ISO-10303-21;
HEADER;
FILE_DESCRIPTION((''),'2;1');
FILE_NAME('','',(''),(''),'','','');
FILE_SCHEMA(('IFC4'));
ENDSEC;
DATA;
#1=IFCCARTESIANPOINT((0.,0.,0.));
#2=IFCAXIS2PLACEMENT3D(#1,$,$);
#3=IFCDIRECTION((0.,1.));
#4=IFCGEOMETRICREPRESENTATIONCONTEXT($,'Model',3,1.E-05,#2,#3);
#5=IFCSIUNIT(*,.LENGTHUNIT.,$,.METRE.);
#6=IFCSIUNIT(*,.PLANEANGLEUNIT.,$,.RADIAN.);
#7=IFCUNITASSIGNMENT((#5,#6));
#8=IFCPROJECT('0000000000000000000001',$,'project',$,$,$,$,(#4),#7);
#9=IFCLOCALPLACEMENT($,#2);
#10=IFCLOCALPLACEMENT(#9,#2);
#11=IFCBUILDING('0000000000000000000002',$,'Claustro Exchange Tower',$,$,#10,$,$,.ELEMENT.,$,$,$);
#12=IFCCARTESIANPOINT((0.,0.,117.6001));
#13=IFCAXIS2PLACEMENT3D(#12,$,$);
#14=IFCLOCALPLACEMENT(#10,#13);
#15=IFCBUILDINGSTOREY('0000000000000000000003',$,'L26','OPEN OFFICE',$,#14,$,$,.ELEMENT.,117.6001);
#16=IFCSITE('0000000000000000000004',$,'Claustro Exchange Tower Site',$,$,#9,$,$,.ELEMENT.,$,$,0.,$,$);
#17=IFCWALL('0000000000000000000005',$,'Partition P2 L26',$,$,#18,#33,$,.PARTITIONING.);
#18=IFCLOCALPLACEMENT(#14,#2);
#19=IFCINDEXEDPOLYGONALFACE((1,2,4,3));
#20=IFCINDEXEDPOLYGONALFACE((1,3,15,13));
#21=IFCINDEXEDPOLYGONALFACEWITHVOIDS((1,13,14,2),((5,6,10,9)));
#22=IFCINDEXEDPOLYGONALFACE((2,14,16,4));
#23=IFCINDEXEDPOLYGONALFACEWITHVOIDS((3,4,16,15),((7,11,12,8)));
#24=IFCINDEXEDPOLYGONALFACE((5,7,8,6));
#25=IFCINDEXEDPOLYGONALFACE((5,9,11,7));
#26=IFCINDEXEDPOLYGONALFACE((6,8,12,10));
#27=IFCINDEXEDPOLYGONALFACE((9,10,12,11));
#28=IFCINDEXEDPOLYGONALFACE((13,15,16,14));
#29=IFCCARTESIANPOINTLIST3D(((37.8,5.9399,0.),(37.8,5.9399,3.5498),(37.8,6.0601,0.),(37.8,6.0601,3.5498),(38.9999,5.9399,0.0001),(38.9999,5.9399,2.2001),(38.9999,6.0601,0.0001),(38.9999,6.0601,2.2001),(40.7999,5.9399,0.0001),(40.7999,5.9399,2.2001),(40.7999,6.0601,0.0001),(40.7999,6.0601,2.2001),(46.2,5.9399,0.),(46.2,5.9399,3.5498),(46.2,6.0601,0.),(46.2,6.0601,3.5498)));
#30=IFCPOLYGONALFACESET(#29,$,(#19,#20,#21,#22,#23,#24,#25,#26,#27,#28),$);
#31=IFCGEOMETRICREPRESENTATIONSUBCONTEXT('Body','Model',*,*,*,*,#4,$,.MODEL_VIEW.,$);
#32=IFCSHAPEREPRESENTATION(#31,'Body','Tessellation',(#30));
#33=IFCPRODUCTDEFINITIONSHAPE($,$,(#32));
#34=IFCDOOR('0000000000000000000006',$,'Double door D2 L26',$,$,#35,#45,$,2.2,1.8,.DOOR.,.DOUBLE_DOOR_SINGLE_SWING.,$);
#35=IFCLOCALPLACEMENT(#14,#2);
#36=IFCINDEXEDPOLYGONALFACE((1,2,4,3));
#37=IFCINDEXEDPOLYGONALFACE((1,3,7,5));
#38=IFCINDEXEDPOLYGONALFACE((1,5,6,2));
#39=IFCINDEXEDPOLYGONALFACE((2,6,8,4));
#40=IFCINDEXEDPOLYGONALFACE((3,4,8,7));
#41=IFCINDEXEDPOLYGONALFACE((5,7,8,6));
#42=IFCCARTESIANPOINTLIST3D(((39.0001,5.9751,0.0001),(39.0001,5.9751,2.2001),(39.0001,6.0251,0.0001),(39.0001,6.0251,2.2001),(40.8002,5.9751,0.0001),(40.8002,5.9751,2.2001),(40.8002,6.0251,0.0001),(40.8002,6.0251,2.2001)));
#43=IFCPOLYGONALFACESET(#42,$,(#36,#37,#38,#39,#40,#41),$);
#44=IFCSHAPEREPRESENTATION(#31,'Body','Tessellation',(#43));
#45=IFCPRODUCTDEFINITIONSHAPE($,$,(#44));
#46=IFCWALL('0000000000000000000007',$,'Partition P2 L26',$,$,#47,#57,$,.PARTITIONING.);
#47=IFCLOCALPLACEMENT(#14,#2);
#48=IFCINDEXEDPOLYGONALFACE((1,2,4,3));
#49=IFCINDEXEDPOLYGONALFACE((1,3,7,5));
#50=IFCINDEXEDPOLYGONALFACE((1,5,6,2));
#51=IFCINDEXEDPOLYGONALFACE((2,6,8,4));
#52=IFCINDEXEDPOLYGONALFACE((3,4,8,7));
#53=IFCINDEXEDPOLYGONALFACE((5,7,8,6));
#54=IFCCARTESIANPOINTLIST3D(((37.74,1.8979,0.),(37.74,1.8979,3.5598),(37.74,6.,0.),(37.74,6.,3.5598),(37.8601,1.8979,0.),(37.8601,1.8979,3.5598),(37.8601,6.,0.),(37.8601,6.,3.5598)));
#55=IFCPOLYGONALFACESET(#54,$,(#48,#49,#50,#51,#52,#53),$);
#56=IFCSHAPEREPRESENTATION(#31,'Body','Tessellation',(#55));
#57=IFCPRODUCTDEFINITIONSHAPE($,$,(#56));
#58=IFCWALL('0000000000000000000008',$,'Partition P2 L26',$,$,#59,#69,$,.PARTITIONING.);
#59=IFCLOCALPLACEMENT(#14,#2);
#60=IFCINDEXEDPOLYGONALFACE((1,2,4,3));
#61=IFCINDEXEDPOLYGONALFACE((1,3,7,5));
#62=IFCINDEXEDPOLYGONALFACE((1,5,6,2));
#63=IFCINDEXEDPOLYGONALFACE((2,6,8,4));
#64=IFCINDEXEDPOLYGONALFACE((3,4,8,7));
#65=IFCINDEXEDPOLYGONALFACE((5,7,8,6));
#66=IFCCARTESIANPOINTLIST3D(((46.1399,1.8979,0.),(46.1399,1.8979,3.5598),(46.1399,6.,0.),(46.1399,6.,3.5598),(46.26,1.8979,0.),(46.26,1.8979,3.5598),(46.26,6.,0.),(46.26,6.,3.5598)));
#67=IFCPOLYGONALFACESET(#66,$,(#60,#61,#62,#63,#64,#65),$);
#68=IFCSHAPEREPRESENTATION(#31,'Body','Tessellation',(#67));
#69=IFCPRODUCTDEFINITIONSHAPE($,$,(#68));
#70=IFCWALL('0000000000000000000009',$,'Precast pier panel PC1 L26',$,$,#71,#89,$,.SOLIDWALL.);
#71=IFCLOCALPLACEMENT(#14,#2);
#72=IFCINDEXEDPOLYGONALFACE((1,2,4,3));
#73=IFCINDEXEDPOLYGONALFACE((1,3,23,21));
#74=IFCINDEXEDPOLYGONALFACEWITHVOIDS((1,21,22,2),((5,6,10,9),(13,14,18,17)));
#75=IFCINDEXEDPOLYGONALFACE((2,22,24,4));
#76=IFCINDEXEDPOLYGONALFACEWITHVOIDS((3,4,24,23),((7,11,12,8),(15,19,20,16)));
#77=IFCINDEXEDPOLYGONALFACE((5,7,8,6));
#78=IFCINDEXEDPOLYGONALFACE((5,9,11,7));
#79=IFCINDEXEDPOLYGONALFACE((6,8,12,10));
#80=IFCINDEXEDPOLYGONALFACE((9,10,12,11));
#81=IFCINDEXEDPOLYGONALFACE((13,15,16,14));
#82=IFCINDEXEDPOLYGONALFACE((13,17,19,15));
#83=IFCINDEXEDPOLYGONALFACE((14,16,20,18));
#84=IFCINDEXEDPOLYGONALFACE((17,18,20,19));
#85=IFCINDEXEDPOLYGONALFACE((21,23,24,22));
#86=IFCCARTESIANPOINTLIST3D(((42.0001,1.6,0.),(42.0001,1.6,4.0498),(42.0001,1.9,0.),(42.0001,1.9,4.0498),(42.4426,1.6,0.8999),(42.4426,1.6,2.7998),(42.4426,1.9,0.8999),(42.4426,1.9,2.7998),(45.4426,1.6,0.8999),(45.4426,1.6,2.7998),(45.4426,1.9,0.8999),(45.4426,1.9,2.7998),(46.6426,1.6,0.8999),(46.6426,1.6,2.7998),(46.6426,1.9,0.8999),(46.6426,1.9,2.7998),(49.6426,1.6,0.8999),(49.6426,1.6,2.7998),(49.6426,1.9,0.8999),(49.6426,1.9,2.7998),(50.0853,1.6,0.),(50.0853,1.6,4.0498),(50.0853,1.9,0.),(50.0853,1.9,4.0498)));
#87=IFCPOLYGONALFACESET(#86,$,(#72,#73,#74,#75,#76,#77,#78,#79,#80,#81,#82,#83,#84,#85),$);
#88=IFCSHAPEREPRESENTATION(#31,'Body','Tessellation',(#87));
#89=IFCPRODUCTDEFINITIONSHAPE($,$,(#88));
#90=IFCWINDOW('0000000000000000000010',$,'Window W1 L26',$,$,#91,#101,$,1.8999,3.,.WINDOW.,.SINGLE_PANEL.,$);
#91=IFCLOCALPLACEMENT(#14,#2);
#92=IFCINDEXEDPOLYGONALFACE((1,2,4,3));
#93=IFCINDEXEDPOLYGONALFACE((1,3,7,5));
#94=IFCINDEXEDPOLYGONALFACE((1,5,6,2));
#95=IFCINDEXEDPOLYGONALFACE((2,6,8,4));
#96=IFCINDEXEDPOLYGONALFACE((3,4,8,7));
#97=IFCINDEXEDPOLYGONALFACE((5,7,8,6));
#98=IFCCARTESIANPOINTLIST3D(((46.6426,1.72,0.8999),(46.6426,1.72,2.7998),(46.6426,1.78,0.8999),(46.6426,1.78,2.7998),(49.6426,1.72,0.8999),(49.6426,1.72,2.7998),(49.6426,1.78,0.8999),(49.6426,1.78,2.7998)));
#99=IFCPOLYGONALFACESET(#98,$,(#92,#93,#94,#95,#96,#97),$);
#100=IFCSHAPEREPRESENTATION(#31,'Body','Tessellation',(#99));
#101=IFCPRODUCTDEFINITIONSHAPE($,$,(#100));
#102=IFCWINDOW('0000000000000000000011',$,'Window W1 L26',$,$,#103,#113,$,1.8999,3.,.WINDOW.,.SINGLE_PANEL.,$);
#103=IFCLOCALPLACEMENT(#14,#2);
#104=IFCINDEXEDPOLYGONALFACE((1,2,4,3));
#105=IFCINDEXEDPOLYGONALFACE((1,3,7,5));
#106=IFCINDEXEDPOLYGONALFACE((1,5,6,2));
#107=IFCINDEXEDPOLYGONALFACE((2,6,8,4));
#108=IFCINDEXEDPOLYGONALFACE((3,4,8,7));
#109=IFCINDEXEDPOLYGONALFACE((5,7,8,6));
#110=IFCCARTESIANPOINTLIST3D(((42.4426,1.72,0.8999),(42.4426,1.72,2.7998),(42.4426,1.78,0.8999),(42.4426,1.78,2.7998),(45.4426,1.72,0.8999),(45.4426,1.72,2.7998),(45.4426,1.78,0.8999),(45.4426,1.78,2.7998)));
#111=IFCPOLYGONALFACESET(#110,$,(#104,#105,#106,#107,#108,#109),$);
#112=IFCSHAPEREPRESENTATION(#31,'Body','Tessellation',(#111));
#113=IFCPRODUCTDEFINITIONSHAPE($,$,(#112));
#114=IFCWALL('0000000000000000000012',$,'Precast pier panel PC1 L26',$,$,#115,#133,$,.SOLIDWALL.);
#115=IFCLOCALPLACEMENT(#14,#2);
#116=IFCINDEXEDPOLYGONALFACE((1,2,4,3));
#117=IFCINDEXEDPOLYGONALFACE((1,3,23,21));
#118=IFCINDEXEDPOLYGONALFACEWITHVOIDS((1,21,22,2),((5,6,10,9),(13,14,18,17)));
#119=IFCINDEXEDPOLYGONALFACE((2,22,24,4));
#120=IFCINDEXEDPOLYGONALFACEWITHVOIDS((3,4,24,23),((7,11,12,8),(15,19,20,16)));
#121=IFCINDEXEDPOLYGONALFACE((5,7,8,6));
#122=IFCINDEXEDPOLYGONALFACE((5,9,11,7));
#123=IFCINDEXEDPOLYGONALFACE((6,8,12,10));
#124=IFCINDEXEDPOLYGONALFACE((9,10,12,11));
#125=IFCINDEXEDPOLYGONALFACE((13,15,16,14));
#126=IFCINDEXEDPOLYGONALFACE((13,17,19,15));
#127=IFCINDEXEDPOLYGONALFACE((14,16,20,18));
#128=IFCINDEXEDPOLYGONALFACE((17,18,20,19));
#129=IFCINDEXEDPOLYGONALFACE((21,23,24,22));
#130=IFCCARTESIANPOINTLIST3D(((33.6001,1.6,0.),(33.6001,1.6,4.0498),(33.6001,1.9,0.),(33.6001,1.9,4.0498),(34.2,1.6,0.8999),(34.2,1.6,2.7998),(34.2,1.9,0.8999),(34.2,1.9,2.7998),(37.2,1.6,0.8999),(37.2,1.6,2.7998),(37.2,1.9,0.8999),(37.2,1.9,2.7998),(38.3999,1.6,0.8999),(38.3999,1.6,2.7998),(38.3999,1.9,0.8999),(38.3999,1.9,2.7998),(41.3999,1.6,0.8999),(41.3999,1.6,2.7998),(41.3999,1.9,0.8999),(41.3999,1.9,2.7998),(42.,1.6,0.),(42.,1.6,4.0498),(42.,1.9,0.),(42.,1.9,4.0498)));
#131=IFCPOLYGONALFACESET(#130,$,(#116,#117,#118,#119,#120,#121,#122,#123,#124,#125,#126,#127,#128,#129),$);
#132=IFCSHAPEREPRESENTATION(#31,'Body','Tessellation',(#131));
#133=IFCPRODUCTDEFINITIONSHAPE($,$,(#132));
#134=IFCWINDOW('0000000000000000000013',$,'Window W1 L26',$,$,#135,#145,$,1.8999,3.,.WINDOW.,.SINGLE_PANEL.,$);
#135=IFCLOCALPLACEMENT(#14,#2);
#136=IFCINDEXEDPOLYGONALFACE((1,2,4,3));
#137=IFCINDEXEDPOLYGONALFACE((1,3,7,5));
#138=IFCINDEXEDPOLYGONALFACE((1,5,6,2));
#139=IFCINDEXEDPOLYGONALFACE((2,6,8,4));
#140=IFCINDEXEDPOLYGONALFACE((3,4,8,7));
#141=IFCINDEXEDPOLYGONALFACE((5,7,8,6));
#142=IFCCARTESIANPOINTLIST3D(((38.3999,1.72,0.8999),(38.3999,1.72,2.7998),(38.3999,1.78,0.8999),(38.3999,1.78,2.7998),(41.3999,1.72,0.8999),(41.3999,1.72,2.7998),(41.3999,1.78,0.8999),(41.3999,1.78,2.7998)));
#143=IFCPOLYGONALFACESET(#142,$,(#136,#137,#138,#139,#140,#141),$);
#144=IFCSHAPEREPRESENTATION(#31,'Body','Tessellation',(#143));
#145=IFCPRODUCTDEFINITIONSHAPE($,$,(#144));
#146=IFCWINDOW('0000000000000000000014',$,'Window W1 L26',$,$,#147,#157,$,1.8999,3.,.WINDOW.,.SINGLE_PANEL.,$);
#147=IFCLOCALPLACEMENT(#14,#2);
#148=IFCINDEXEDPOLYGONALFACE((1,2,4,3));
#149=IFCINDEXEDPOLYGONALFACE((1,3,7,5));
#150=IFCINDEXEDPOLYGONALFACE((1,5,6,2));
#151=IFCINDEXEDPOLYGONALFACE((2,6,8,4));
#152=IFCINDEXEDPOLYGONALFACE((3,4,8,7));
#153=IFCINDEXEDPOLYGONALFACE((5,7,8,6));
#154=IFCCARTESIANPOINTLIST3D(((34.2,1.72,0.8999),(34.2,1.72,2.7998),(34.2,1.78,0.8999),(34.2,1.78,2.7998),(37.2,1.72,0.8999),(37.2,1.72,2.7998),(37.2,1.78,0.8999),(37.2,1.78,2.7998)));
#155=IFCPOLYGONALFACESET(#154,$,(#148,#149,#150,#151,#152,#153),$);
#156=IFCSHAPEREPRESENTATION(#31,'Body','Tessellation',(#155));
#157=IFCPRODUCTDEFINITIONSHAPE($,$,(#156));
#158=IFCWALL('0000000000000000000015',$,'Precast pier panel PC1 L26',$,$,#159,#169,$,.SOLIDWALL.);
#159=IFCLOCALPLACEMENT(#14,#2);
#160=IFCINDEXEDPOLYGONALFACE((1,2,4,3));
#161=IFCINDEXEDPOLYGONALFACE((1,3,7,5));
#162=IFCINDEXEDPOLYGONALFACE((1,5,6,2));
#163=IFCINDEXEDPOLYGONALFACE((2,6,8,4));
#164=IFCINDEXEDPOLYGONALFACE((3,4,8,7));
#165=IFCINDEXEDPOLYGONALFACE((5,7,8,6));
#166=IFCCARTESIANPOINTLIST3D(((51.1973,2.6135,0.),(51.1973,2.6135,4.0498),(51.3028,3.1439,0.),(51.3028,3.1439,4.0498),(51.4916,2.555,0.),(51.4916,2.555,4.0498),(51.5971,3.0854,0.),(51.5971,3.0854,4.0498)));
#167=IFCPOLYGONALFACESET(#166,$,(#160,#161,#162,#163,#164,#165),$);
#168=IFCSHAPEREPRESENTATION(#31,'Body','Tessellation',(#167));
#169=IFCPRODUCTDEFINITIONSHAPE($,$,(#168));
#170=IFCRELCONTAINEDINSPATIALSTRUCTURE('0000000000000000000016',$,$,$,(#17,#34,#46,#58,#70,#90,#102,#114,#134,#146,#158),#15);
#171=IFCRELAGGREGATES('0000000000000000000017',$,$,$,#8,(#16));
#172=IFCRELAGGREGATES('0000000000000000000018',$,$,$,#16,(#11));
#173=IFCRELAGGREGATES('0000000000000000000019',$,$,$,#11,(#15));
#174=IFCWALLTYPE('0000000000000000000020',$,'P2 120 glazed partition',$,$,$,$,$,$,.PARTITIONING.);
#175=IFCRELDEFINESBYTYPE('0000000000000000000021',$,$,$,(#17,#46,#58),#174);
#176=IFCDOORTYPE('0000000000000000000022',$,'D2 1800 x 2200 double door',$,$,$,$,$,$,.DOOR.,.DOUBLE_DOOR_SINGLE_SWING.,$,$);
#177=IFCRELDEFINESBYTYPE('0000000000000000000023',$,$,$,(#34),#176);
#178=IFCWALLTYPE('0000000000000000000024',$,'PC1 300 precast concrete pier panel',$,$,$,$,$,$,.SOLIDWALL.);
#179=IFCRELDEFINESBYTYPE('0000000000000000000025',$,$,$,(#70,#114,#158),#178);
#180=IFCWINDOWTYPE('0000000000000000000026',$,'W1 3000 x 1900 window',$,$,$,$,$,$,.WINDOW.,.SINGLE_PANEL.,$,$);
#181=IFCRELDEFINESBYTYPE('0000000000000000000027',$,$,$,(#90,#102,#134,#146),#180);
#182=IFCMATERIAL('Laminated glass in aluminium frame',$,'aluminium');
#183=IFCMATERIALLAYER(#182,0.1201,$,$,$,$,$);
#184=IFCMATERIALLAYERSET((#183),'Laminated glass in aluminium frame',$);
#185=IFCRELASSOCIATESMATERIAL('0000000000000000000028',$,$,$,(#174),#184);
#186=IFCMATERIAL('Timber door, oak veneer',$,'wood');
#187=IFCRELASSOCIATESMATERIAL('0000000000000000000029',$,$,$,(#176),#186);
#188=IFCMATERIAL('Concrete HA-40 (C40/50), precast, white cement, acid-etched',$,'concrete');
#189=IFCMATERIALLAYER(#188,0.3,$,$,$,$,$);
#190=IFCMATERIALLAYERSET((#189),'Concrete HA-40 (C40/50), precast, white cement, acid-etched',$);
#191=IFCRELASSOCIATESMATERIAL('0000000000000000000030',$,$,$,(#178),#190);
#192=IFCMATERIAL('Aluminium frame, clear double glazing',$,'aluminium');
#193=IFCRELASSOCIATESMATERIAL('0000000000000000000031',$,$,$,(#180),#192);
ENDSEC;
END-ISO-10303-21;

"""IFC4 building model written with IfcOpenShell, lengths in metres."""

from ifc_helpers import new_model, si_unit, direction, frame, frame_2d, origin, place, context, subcontext, project, spatial, rectangle, extrude, material, layer, layer_set, type_object, element, fill, save


model = new_model("IFC4")

# Units and contexts
model_context = context("Model", 3, precision=1e-05, world=origin(), true_north=direction((0.0, 1.0)))
body_context = subcontext(model_context, "Body", "Model", "MODEL_VIEW")
ifc_project = project(units=[si_unit("LENGTHUNIT", "METRE"), si_unit("PLANEANGLEUNIT", "RADIAN")], contexts=[model_context])

# Site, building, storey
site_placement = place(None, origin())
site = spatial("IfcSite", under=ifc_project, at=site_placement, Name="Claustro Exchange Tower Site", CompositionType="ELEMENT", RefElevation=0.0)
building_placement = place(site_placement, origin())
building = spatial("IfcBuilding", under=site, at=building_placement, Name="Claustro Exchange Tower", CompositionType="ELEMENT")
storey_placement = place(building_placement, frame((0.0, 0.0, 117.6001)))
storey = spatial("IfcBuildingStorey", under=building, at=storey_placement, Name="L26", Description="OPEN OFFICE", CompositionType="ELEMENT", Elevation=117.6001)

# Wall, opening, door
ifc_material_1 = material(Name="Laminated glass in aluminium frame", Category="aluminium")
ifc_layer_1 = layer(ifc_material_1, 0.1201)
ifc_layer_set_1 = layer_set([ifc_layer_1], Name="Laminated glass in aluminium frame")
wall_type_1 = type_object("IfcWallType", Name="P2 120 glazed partition", PredefinedType="PARTITIONING", material=ifc_layer_set_1)
wall_1_placement = place(storey_placement, frame((37.8, 6.0, 0.0), z_axis=(0.0, 0.0, 1.0), x_axis=(1.0, 0.0, 0.0)))
wall_1 = element("IfcWall", 1, at=wall_1_placement, inside=storey, type_object=wall_type_1, Name="Partition P2 L26", PredefinedType="PARTITIONING", context=body_context, shape_type="SweptSolid", body=[
    extrude(rectangle(XDim=8.3999, YDim=0.1201, at=frame_2d((4.2, 0.0))), origin(), (0.0, 0.0, 1.0), 3.5498),
])
opening_1_placement = place(wall_1_placement, frame((1.2, 0.0, 0.0)))
opening_1 = element("IfcOpeningElement", 2, at=opening_1_placement, cuts=wall_1, PredefinedType="OPENING", context=body_context, shape_type="SweptSolid", body=[
    extrude(rectangle(XDim=1.8, YDim=2.2, at=frame_2d((0.8999, 1.1001))), frame((0.0, 0.0701, 0.0), z_axis=(0.0, -1.0, 0.0), x_axis=(1.0, 0.0, 0.0)), (0.0, 0.0, 1.0), 0.1401),
])
ifc_material_2 = material(Name="Timber door, oak veneer", Category="wood")
door_type_1 = type_object("IfcDoorType", Name="D2 1800 x 2200 double door", OperationType="DOUBLE_DOOR_SINGLE_SWING", PredefinedType="DOOR", material=ifc_material_2)
door_1_placement = place(opening_1_placement, frame((1.8, 0.0, 0.0), z_axis=(0.0, 0.0, 1.0), x_axis=(-1.0, 0.0, 0.0)))
door_1 = element("IfcDoor", 3, at=door_1_placement, inside=storey, type_object=door_type_1, Name="Double door D2 L26", OperationType="DOUBLE_DOOR_SINGLE_SWING", OverallHeight=2.2, OverallWidth=1.8, PredefinedType="DOOR", context=body_context, shape_type="SweptSolid", body=[
    extrude(rectangle(XDim=1.8, YDim=2.2, at=frame_2d((0.8999, 1.1001))), frame((0.0, 0.0249, 0.0), z_axis=(0.0, -1.0, 0.0), x_axis=(1.0, 0.0, 0.0)), (0.0, 0.0, 1.0), 0.05),
])
fill(opening_1, door_1)

# Walls
for number, where, z_axis, x_axis, name in (
    (4, (37.8, 1.8979, 0.0), (0.0, 0.0, 1.0), (0.0, 1.0, 0.0), "Partition P2 L26"),
    (5, (46.2, 1.8979, 0.0), (0.0, 0.0, 1.0), (0.0, 1.0, 0.0), "Partition P2 L26"),
):
    element("IfcWall", number, at=place(storey_placement, frame(where, z_axis=z_axis, x_axis=x_axis)), inside=storey, type_object=wall_type_1, Name=name, PredefinedType="PARTITIONING", context=body_context, shape_type="SweptSolid", body=[
        extrude(rectangle(XDim=4.1021, YDim=0.1201, at=frame_2d((2.051, 0.0))), origin(), (0.0, 0.0, 1.0), 3.5598),
    ])

# Walls, openings, windows
ifc_material_3 = material(Name="Concrete HA-40 (C40/50), precast, white cement, acid-etched", Category="concrete")
ifc_layer_2 = layer(ifc_material_3, 0.3)
ifc_layer_set_2 = layer_set([ifc_layer_2], Name="Concrete HA-40 (C40/50), precast, white cement, acid-etched")
wall_type_2 = type_object("IfcWallType", Name="PC1 300 precast concrete pier panel", PredefinedType="SOLIDWALL", material=ifc_layer_set_2)
wall_2_placement = place(storey_placement, frame((50.0852, 1.75, 0.0), z_axis=(0.0, 0.0, 1.0), x_axis=(-1.0, 0.0, 0.0)))
wall_2 = element("IfcWall", 6, at=wall_2_placement, inside=storey, type_object=wall_type_2, Name="Precast pier panel PC1 L26", PredefinedType="SOLIDWALL", context=body_context, shape_type="SweptSolid", body=[
    extrude(rectangle(XDim=8.0852, YDim=0.3, at=frame_2d((4.0425, 0.0))), origin(), (0.0, 0.0, 1.0), 4.0498),
])
opening_2_placement = place(wall_2_placement, frame((0.4426, 0.0, 0.8999)))
opening_2 = element("IfcOpeningElement", 7, at=opening_2_placement, cuts=wall_2, PredefinedType="OPENING", context=body_context, shape_type="SweptSolid", body=[
    extrude(rectangle(XDim=3.0, YDim=1.8999, at=frame_2d((1.5, 0.95))), frame((0.0, 0.1599, 0.0), z_axis=(0.0, -1.0, 0.0), x_axis=(1.0, 0.0, 0.0)), (0.0, 0.0, 1.0), 0.3201),
])
opening_3_placement = place(wall_2_placement, frame((4.6426, 0.0, 0.8999)))
opening_3 = element("IfcOpeningElement", 8, at=opening_3_placement, cuts=wall_2, PredefinedType="OPENING", context=body_context, shape_type="SweptSolid", body=[
    extrude(rectangle(XDim=3.0, YDim=1.8999, at=frame_2d((1.5, 0.95))), frame((0.0, 0.1599, 0.0), z_axis=(0.0, -1.0, 0.0), x_axis=(1.0, 0.0, 0.0)), (0.0, 0.0, 1.0), 0.3201),
])
ifc_material_4 = material(Name="Aluminium frame, clear double glazing", Category="aluminium")
window_type = type_object("IfcWindowType", Name="W1 3000 x 1900 window", PartitioningType="SINGLE_PANEL", PredefinedType="WINDOW", material=ifc_material_4)
window_1_placement = place(opening_2_placement, origin())
window_1 = element("IfcWindow", 9, at=window_1_placement, inside=storey, type_object=window_type, Name="Window W1 L26", OverallHeight=1.8999, OverallWidth=3.0, PartitioningType="SINGLE_PANEL", PredefinedType="WINDOW", context=body_context, shape_type="SweptSolid", body=[
    extrude(rectangle(XDim=3.0, YDim=1.8999, at=frame_2d((1.5, 0.95))), frame((0.0, 0.03, 0.0), z_axis=(0.0, -1.0, 0.0), x_axis=(1.0, 0.0, 0.0)), (0.0, 0.0, 1.0), 0.0601),
])
fill(opening_2, window_1)
window_2_placement = place(opening_3_placement, origin())
window_2 = element("IfcWindow", 10, at=window_2_placement, inside=storey, type_object=window_type, Name="Window W1 L26", OverallHeight=1.8999, OverallWidth=3.0, PartitioningType="SINGLE_PANEL", PredefinedType="WINDOW", context=body_context, shape_type="SweptSolid", body=[
    extrude(rectangle(XDim=3.0, YDim=1.8999, at=frame_2d((1.5, 0.95))), frame((0.0, 0.03, 0.0), z_axis=(0.0, -1.0, 0.0), x_axis=(1.0, 0.0, 0.0)), (0.0, 0.0, 1.0), 0.0601),
])
fill(opening_3, window_2)
wall_3_placement = place(storey_placement, frame((42.0, 1.75, 0.0), z_axis=(0.0, 0.0, 1.0), x_axis=(-1.0, 0.0, 0.0)))
wall_3 = element("IfcWall", 11, at=wall_3_placement, inside=storey, type_object=wall_type_2, Name="Precast pier panel PC1 L26", PredefinedType="SOLIDWALL", context=body_context, shape_type="SweptSolid", body=[
    extrude(rectangle(XDim=8.3999, YDim=0.3, at=frame_2d((4.2, 0.0))), origin(), (0.0, 0.0, 1.0), 4.0498),
])
opening_4_placement = place(wall_3_placement, frame((0.6001, 0.0, 0.8999)))
opening_4 = element("IfcOpeningElement", 12, at=opening_4_placement, cuts=wall_3, PredefinedType="OPENING", context=body_context, shape_type="SweptSolid", body=[
    extrude(rectangle(XDim=3.0, YDim=1.8999, at=frame_2d((1.5, 0.95))), frame((0.0, 0.1599, 0.0), z_axis=(0.0, -1.0, 0.0), x_axis=(1.0, 0.0, 0.0)), (0.0, 0.0, 1.0), 0.3201),
])
opening_5_placement = place(wall_3_placement, frame((4.8, 0.0, 0.8999)))
opening_5 = element("IfcOpeningElement", 13, at=opening_5_placement, cuts=wall_3, PredefinedType="OPENING", context=body_context, shape_type="SweptSolid", body=[
    extrude(rectangle(XDim=3.0, YDim=1.8999, at=frame_2d((1.5, 0.95))), frame((0.0, 0.1599, 0.0), z_axis=(0.0, -1.0, 0.0), x_axis=(1.0, 0.0, 0.0)), (0.0, 0.0, 1.0), 0.3201),
])
window_3_placement = place(opening_4_placement, origin())
window_3 = element("IfcWindow", 14, at=window_3_placement, inside=storey, type_object=window_type, Name="Window W1 L26", OverallHeight=1.8999, OverallWidth=3.0, PartitioningType="SINGLE_PANEL", PredefinedType="WINDOW", context=body_context, shape_type="SweptSolid", body=[
    extrude(rectangle(XDim=3.0, YDim=1.8999, at=frame_2d((1.5, 0.95))), frame((0.0, 0.03, 0.0), z_axis=(0.0, -1.0, 0.0), x_axis=(1.0, 0.0, 0.0)), (0.0, 0.0, 1.0), 0.0601),
])
fill(opening_4, window_3)
window_4_placement = place(opening_5_placement, origin())
window_4 = element("IfcWindow", 15, at=window_4_placement, inside=storey, type_object=window_type, Name="Window W1 L26", OverallHeight=1.8999, OverallWidth=3.0, PartitioningType="SINGLE_PANEL", PredefinedType="WINDOW", context=body_context, shape_type="SweptSolid", body=[
    extrude(rectangle(XDim=3.0, YDim=1.8999, at=frame_2d((1.5, 0.95))), frame((0.0, 0.03, 0.0), z_axis=(0.0, -1.0, 0.0), x_axis=(1.0, 0.0, 0.0)), (0.0, 0.0, 1.0), 0.0601),
])
fill(opening_5, window_4)

# Wall
wall_4_placement = place(storey_placement, frame((51.45, 3.1147, 0.0), z_axis=(0.0, 0.0, 1.0), x_axis=(-0.195074, -0.980789, 0.0)))
element("IfcWall", 16, at=wall_4_placement, inside=storey, type_object=wall_type_2, Name="Precast pier panel PC1 L26", PredefinedType="SOLIDWALL", context=body_context, shape_type="SweptSolid", body=[
    extrude(rectangle(XDim=0.5408, YDim=0.3, at=frame_2d((0.2705, 0.0))), origin(), (0.0, 0.0, 1.0), 4.0498),
])

save(model, "model.ifc")
